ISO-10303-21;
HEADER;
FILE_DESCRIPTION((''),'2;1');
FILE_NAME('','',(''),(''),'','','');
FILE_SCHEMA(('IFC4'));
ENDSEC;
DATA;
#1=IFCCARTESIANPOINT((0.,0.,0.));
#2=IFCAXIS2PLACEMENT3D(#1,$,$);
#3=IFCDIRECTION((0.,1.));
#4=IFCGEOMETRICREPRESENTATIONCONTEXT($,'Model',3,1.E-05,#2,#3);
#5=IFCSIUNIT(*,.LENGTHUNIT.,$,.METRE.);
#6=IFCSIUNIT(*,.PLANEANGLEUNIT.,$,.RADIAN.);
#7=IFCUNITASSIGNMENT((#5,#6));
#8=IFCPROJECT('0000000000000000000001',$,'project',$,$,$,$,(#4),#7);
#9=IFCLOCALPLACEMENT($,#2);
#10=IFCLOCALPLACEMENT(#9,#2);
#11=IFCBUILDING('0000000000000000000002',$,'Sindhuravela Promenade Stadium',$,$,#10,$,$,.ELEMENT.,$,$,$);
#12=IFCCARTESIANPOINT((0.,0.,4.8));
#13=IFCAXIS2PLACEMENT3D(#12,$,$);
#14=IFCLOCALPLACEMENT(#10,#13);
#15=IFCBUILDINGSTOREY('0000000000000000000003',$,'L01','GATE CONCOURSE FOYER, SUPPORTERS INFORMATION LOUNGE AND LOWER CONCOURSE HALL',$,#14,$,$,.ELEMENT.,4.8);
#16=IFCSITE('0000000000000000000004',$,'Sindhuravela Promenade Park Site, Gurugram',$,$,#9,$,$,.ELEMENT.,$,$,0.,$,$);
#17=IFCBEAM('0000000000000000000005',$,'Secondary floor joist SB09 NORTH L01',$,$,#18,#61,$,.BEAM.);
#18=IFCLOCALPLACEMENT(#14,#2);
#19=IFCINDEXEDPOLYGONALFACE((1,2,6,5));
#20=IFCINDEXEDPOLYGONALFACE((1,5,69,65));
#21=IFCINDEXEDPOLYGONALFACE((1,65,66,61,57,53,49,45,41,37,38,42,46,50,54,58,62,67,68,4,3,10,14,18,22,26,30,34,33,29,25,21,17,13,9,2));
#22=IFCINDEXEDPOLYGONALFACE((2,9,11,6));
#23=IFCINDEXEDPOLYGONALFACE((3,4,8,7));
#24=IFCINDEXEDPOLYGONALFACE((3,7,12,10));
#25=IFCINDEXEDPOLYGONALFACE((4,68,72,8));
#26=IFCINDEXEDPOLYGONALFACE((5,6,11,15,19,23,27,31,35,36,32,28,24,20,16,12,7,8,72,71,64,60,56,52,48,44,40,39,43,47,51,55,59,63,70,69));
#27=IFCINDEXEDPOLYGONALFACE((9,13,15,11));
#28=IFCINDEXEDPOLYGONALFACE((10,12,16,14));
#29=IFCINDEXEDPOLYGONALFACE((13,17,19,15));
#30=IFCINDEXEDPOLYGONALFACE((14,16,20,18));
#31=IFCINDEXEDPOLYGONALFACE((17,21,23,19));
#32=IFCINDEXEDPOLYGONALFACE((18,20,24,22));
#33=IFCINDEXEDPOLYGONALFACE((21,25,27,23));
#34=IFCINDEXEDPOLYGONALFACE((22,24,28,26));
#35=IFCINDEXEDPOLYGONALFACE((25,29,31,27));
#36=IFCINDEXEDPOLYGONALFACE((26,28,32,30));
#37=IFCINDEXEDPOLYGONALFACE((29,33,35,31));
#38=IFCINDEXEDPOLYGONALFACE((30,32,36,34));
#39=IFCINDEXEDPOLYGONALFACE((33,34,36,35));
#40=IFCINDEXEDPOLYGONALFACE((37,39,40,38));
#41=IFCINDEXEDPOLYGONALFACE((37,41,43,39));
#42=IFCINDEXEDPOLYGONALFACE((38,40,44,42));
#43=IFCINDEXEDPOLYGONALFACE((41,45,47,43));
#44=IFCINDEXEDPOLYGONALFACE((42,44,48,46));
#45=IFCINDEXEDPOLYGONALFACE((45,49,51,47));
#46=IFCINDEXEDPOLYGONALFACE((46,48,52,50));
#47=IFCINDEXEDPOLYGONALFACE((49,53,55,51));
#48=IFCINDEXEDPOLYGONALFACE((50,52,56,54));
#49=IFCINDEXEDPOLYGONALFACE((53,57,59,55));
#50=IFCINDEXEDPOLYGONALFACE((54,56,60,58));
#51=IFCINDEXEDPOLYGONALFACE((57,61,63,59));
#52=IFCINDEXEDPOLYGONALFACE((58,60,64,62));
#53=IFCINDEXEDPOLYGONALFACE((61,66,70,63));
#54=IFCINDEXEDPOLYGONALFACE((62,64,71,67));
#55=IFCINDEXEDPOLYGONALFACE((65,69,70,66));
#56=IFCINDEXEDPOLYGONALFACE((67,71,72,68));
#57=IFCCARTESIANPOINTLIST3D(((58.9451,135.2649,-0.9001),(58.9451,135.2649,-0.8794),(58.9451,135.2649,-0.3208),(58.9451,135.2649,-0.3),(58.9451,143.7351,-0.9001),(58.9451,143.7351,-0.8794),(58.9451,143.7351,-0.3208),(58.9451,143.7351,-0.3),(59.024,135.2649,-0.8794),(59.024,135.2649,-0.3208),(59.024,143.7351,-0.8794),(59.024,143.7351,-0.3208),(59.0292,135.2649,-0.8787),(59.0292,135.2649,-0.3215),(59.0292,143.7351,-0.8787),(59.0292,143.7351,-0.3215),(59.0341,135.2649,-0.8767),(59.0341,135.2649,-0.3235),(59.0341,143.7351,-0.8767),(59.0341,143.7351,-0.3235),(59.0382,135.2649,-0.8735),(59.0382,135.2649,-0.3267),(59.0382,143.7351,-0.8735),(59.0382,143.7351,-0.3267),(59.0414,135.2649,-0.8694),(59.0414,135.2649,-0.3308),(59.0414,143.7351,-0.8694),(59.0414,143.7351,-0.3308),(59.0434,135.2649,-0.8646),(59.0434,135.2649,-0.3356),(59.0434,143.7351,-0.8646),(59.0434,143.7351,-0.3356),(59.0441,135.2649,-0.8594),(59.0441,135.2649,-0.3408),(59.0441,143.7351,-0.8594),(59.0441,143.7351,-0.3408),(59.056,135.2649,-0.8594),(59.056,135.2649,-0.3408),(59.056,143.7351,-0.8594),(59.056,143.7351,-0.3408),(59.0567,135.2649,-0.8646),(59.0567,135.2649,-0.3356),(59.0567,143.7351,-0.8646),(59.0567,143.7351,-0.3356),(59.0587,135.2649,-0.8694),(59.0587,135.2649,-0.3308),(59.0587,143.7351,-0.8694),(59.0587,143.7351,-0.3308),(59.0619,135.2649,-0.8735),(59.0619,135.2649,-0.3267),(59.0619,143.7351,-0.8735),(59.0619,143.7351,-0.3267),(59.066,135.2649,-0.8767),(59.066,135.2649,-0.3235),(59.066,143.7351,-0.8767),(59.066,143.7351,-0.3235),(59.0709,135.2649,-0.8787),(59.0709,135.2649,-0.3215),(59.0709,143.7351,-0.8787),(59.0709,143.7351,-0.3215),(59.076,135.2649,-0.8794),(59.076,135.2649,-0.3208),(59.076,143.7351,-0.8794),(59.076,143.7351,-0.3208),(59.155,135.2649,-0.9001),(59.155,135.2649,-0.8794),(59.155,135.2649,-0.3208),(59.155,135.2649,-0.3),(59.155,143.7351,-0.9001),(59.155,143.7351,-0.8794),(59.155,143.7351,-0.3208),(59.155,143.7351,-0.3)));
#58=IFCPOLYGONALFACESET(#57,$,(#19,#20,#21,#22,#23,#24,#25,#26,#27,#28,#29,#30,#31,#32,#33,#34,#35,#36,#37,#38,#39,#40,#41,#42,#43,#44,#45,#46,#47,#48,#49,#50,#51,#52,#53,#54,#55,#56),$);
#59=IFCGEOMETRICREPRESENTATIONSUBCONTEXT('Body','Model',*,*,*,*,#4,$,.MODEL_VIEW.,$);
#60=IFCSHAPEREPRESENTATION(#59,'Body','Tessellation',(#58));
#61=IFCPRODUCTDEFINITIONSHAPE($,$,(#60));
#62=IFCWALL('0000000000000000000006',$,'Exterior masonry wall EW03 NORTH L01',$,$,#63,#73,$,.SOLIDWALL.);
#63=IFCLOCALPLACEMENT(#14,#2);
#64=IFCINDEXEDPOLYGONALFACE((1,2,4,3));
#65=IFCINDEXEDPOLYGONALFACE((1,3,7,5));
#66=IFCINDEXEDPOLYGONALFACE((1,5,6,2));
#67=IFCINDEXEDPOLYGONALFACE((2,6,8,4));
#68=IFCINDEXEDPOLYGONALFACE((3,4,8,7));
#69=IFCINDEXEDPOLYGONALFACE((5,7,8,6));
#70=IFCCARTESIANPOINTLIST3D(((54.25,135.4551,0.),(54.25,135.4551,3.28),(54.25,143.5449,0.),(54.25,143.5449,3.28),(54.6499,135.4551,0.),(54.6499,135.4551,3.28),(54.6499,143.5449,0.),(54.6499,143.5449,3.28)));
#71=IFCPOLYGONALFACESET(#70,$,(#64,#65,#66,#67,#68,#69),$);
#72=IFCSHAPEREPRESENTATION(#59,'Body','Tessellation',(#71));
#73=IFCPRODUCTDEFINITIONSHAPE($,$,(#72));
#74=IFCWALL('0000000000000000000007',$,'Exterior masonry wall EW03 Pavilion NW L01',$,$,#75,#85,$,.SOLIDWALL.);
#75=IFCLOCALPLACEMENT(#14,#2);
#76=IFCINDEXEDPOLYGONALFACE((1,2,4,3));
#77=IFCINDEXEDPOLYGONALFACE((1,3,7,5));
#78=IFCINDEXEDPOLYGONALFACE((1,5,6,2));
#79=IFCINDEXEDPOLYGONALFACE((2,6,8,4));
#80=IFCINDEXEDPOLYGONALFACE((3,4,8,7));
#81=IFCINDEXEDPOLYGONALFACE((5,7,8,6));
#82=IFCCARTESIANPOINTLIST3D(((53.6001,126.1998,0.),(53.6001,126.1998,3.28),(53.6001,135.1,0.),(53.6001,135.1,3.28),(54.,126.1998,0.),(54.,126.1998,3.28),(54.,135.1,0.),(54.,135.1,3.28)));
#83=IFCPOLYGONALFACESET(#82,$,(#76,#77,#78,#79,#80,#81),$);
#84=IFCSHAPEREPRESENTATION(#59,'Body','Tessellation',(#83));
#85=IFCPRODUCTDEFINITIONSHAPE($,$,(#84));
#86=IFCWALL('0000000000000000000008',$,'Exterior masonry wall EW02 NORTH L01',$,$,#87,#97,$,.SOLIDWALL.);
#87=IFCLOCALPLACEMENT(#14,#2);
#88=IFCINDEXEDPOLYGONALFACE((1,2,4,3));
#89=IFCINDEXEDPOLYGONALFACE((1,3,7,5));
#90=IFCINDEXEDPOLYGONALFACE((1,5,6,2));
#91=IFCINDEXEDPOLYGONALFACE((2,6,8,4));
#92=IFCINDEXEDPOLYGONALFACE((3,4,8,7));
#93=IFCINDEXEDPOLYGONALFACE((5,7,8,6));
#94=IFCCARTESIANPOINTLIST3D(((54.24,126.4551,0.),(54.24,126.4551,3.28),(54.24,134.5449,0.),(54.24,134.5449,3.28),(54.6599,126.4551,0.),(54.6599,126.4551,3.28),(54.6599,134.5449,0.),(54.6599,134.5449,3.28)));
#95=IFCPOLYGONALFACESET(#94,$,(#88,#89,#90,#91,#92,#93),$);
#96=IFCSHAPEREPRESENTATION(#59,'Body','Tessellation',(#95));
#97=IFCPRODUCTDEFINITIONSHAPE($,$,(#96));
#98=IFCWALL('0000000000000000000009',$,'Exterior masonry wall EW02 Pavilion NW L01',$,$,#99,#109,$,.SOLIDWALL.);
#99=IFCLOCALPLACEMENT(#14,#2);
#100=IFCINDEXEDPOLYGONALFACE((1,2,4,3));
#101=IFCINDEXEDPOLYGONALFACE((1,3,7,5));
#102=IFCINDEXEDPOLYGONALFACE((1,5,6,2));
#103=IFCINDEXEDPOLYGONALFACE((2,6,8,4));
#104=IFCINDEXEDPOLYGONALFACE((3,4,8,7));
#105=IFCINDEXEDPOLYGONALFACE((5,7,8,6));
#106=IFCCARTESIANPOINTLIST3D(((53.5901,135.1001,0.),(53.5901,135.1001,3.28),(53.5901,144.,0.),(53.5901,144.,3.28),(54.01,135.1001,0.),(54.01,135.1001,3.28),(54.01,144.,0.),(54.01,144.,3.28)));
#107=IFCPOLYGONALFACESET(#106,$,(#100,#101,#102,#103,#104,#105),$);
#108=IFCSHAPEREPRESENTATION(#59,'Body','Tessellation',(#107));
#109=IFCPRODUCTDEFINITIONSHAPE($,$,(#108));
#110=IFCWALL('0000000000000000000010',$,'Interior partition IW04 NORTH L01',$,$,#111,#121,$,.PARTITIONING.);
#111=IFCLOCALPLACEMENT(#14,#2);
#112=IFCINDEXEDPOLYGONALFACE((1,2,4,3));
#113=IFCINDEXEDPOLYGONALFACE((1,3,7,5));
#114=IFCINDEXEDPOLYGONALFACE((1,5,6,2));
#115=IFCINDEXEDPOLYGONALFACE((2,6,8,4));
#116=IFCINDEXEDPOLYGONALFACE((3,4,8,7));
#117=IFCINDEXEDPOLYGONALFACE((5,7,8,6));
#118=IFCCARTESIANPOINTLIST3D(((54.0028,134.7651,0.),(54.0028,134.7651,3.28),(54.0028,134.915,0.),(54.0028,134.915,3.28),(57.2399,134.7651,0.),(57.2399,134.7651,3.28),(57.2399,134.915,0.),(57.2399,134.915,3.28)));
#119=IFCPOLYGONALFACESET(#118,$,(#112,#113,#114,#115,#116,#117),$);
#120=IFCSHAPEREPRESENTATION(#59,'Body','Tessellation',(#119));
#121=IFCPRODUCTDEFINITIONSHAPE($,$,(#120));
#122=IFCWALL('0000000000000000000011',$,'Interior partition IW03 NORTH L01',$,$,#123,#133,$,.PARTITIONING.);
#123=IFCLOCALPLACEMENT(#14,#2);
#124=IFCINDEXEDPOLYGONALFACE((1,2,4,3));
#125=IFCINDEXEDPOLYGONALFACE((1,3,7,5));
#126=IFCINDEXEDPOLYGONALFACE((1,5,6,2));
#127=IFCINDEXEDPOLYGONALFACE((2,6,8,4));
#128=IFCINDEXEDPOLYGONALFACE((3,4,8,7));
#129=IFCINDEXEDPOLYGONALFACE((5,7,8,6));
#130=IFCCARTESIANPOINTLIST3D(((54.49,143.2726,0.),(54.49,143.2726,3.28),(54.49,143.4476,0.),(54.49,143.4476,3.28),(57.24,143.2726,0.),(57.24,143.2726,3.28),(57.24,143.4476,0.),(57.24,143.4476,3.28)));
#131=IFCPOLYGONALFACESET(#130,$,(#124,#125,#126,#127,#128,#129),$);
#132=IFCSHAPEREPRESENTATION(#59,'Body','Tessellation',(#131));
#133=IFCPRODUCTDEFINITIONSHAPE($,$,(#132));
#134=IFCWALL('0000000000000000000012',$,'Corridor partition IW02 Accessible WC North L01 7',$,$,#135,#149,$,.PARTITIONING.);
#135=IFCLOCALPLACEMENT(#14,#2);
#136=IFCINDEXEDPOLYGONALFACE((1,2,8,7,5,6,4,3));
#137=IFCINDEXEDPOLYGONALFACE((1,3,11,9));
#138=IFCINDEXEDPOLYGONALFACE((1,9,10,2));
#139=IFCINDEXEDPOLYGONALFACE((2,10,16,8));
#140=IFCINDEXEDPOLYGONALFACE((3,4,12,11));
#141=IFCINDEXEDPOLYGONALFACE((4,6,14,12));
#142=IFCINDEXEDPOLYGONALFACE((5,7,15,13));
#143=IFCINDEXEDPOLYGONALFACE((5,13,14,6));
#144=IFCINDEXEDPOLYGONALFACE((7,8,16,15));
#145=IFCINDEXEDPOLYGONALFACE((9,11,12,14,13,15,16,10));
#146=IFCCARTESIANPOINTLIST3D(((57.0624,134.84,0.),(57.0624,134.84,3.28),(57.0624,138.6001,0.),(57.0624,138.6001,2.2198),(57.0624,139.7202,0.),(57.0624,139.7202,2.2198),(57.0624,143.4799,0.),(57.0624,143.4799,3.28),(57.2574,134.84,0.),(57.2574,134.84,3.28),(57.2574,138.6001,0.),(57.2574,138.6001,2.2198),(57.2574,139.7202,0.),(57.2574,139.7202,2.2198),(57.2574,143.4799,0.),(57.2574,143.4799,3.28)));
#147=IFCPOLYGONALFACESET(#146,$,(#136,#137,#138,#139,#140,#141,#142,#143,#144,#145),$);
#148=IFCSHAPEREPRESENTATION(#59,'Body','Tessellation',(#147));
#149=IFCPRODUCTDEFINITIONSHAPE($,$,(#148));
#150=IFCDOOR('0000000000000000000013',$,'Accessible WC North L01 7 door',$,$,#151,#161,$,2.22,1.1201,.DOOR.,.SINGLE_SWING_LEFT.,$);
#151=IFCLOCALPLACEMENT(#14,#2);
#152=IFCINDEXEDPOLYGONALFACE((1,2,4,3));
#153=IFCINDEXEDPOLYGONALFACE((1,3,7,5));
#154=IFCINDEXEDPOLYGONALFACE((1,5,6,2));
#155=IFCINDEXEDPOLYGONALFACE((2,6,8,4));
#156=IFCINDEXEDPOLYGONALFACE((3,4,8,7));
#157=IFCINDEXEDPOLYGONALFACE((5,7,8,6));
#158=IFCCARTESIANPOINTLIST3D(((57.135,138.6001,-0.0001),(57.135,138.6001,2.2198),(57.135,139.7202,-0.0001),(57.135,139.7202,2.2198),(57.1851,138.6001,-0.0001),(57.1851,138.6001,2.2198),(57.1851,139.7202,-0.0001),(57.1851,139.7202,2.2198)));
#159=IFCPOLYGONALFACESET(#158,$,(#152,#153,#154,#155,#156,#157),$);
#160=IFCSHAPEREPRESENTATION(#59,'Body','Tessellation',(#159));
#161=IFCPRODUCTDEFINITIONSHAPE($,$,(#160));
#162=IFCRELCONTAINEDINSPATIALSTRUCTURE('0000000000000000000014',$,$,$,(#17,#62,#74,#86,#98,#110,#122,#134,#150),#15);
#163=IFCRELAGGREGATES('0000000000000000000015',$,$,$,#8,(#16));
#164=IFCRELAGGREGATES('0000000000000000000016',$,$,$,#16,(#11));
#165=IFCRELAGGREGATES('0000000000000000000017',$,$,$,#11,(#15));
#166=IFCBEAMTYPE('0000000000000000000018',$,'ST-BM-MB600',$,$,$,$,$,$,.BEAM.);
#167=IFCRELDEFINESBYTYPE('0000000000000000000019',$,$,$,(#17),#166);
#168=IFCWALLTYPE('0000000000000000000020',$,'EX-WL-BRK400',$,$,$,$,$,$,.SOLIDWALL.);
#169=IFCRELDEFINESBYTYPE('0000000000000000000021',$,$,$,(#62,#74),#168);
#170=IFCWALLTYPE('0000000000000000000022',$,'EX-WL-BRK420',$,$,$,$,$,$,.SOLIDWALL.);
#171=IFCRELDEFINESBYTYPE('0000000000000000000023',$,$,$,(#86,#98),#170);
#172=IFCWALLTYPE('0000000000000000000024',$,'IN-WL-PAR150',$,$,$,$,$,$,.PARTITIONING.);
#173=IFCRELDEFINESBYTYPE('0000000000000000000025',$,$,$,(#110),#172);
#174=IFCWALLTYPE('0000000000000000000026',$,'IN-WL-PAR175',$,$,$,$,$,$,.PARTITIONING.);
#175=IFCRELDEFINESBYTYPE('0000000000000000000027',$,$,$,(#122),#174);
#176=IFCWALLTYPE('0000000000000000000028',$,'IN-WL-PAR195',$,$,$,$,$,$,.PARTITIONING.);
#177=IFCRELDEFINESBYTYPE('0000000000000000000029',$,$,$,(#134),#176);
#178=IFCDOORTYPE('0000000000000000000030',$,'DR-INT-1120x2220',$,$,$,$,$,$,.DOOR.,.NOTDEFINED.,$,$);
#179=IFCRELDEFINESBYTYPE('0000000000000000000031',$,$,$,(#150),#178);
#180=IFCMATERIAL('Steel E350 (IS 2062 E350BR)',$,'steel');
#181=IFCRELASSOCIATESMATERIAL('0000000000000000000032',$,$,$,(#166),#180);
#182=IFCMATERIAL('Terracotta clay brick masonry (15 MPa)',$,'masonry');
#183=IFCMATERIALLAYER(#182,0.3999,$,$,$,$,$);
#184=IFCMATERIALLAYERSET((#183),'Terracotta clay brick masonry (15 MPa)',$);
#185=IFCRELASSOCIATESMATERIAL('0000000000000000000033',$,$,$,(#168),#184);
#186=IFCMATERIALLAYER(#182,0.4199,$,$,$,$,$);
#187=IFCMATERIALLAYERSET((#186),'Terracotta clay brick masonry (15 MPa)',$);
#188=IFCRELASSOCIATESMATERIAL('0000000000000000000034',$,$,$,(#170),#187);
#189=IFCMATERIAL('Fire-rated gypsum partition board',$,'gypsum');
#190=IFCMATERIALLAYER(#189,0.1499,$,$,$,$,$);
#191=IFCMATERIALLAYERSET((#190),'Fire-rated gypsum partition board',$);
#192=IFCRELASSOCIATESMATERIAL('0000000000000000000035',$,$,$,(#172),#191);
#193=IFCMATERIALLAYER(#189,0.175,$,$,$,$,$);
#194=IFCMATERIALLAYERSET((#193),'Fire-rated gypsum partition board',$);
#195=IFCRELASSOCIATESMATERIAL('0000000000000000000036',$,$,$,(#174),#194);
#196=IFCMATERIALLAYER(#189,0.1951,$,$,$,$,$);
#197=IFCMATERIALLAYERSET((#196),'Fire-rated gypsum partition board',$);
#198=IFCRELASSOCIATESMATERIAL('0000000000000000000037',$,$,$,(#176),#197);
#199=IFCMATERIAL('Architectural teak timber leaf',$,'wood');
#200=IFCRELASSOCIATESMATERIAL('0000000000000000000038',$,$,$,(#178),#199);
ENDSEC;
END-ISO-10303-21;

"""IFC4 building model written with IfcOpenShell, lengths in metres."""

from ifc_helpers import new_model, si_unit, direction, frame, frame_2d, origin, origin_2d, place, context, subcontext, project, spatial, rectangle, i_section, extrude, material, layer, layer_set, material_profile, profile_set, type_object, element, fill, save


model = new_model("IFC4")

# Units and contexts
model_context = context("Model", 3, precision=1e-05, world=origin(), true_north=direction((0.0, 1.0)))
body_context = subcontext(model_context, "Body", "Model", "MODEL_VIEW")
ifc_project = project(units=[si_unit("LENGTHUNIT", "METRE"), si_unit("PLANEANGLEUNIT", "RADIAN")], contexts=[model_context])

# Site, building, storey
site_placement = place(None, origin())
site = spatial("IfcSite", under=ifc_project, at=site_placement, Name="Sindhuravela Promenade Park Site, Gurugram", CompositionType="ELEMENT", RefElevation=0.0)
building_placement = place(site_placement, origin())
building = spatial("IfcBuilding", under=site, at=building_placement, Name="Sindhuravela Promenade Stadium", CompositionType="ELEMENT")
storey_placement = place(building_placement, frame((0.0, 0.0, 4.8)))
storey = spatial("IfcBuildingStorey", under=building, at=storey_placement, Name="L01", Description="GATE CONCOURSE FOYER, SUPPORTERS INFORMATION LOUNGE AND LOWER CONCOURSE HALL", CompositionType="ELEMENT", Elevation=4.8)

# Beam
ifc_material_1 = material(Name="Steel E350 (IS 2062 E350BR)", Category="steel")
ifc_material_profile_1 = material_profile(ifc_material_1, i_section(OverallWidth=0.21, OverallDepth=0.6001, WebThickness=0.012, FlangeThickness=0.0208, FilletRadius=0.02, at=origin_2d()), Name="ISMB 600")
ifc_profile_set_1 = profile_set([ifc_material_profile_1], Name="Steel E350 (IS 2062 E350BR)")
beam_type_1 = type_object("IfcBeamType", Name="ST-BM-MB600", PredefinedType="BEAM", material=ifc_profile_set_1)
beam_1_placement = place(storey_placement, frame((59.05, 135.2649, -0.6001), z_axis=(0.0, 1.0, 0.0), x_axis=(-1.0, 0.0, 0.0)))
element("IfcBeam", 1, at=beam_1_placement, inside=storey, type_object=beam_type_1, Name="Secondary floor joist SB09 NORTH L01", PredefinedType="BEAM", context=body_context, shape_type="SweptSolid", body=[
    extrude(i_section(OverallWidth=0.21, OverallDepth=0.6001, WebThickness=0.012, FlangeThickness=0.0208, FilletRadius=0.02, at=origin_2d()), origin(), (0.0, 0.0, 1.0), 8.4702),
])

# Walls
ifc_material_2 = material(Name="Terracotta clay brick masonry (15 MPa)", Category="masonry")
ifc_layer_1 = layer(ifc_material_2, 0.3999)
ifc_layer_set_1 = layer_set([ifc_layer_1], Name="Terracotta clay brick masonry (15 MPa)")
wall_type_1 = type_object("IfcWallType", Name="EX-WL-BRK400", PredefinedType="SOLIDWALL", material=ifc_layer_set_1)
wall_1_placement = place(storey_placement, frame((54.45, 135.4551, 0.0), z_axis=(0.0, 0.0, 1.0), x_axis=(0.0, 1.0, 0.0)))
element("IfcWall", 2, at=wall_1_placement, inside=storey, type_object=wall_type_1, Name="Exterior masonry wall EW03 NORTH L01", PredefinedType="SOLIDWALL", context=body_context, shape_type="SweptSolid", body=[
    extrude(rectangle(XDim=8.0898, YDim=0.3999, at=frame_2d((4.0449, 0.0))), origin(), (0.0, 0.0, 1.0), 3.28),
])
wall_2_placement = place(storey_placement, frame((53.8, 135.1001, 0.0), z_axis=(0.0, 0.0, 1.0), x_axis=(0.0, -1.0, 0.0)))
element("IfcWall", 3, at=wall_2_placement, inside=storey, type_object=wall_type_1, Name="Exterior masonry wall EW03 Pavilion NW L01", PredefinedType="SOLIDWALL", context=body_context, shape_type="SweptSolid", body=[
    extrude(rectangle(XDim=8.9001, YDim=0.3999, at=frame_2d((4.4502, 0.0))), origin(), (0.0, 0.0, 1.0), 3.28),
])
ifc_layer_2 = layer(ifc_material_2, 0.4199)
ifc_layer_set_2 = layer_set([ifc_layer_2], Name="Terracotta clay brick masonry (15 MPa)")
wall_type_2 = type_object("IfcWallType", Name="EX-WL-BRK420", PredefinedType="SOLIDWALL", material=ifc_layer_set_2)
wall_3_placement = place(storey_placement, frame((54.45, 126.4551, 0.0), z_axis=(0.0, 0.0, 1.0), x_axis=(0.0, 1.0, 0.0)))
element("IfcWall", 4, at=wall_3_placement, inside=storey, type_object=wall_type_2, Name="Exterior masonry wall EW02 NORTH L01", PredefinedType="SOLIDWALL", context=body_context, shape_type="SweptSolid", body=[
    extrude(rectangle(XDim=8.0898, YDim=0.4199, at=frame_2d((4.0449, 0.0))), origin(), (0.0, 0.0, 1.0), 3.28),
])
wall_4_placement = place(storey_placement, frame((53.8, 144.0, 0.0), z_axis=(0.0, 0.0, 1.0), x_axis=(0.0, -1.0, 0.0)))
element("IfcWall", 5, at=wall_4_placement, inside=storey, type_object=wall_type_2, Name="Exterior masonry wall EW02 Pavilion NW L01", PredefinedType="SOLIDWALL", context=body_context, shape_type="SweptSolid", body=[
    extrude(rectangle(XDim=8.8999, YDim=0.4199, at=frame_2d((4.45, 0.0))), origin(), (0.0, 0.0, 1.0), 3.28),
])
ifc_material_3 = material(Name="Fire-rated gypsum partition board", Category="gypsum")
ifc_layer_3 = layer(ifc_material_3, 0.1499)
ifc_layer_set_3 = layer_set([ifc_layer_3], Name="Fire-rated gypsum partition board")
wall_type_3 = type_object("IfcWallType", Name="IN-WL-PAR150", PredefinedType="PARTITIONING", material=ifc_layer_set_3)
wall_5_placement = place(storey_placement, frame((57.24, 134.8401, 0.0), z_axis=(0.0, 0.0, 1.0), x_axis=(-1.0, 0.0, 0.0)))
element("IfcWall", 6, at=wall_5_placement, inside=storey, type_object=wall_type_3, Name="Interior partition IW04 NORTH L01", PredefinedType="PARTITIONING", context=body_context, shape_type="SweptSolid", body=[
    extrude(rectangle(XDim=3.2371, YDim=0.1499, at=frame_2d((1.6187, 0.0))), origin(), (0.0, 0.0, 1.0), 3.28),
])
ifc_layer_4 = layer(ifc_material_3, 0.175)
ifc_layer_set_4 = layer_set([ifc_layer_4], Name="Fire-rated gypsum partition board")
wall_type_4 = type_object("IfcWallType", Name="IN-WL-PAR175", PredefinedType="PARTITIONING", material=ifc_layer_set_4)
wall_6_placement = place(storey_placement, frame((54.49, 143.3601, 0.0), z_axis=(0.0, 0.0, 1.0), x_axis=(1.0, 0.0, 0.0)))
element("IfcWall", 7, at=wall_6_placement, inside=storey, type_object=wall_type_4, Name="Interior partition IW03 NORTH L01", PredefinedType="PARTITIONING", context=body_context, shape_type="SweptSolid", body=[
    extrude(rectangle(XDim=2.75, YDim=0.175, at=frame_2d((1.375, 0.0))), origin(), (0.0, 0.0, 1.0), 3.28),
])

# Wall, opening, door
ifc_layer_5 = layer(ifc_material_3, 0.1951)
ifc_layer_set_5 = layer_set([ifc_layer_5], Name="Fire-rated gypsum partition board")
wall_type_5 = type_object("IfcWallType", Name="IN-WL-PAR195", PredefinedType="PARTITIONING", material=ifc_layer_set_5)
wall_7_placement = place(storey_placement, frame((57.1599, 134.8401, 0.0), z_axis=(0.0, 0.0, 1.0), x_axis=(0.0, 1.0, 0.0)))
wall_7 = element("IfcWall", 8, at=wall_7_placement, inside=storey, type_object=wall_type_5, Name="Corridor partition IW02 Accessible WC North L01 7", PredefinedType="PARTITIONING", context=body_context, shape_type="SweptSolid", body=[
    extrude(rectangle(XDim=8.6399, YDim=0.1951, at=frame_2d((4.3198, 0.0))), origin(), (0.0, 0.0, 1.0), 3.28),
])
opening_placement = place(wall_7_placement, frame((3.76, 0.0, 0.0)))
opening = element("IfcOpeningElement", 9, at=opening_placement, cuts=wall_7, PredefinedType="OPENING", context=body_context, shape_type="SweptSolid", body=[
    extrude(rectangle(XDim=1.1201, YDim=2.22, at=frame_2d((0.5601, 1.1099))), frame((0.0, 0.1074, 0.0), z_axis=(0.0, -1.0, 0.0), x_axis=(1.0, 0.0, 0.0)), (0.0, 0.0, 1.0), 0.2151),
])
ifc_material_4 = material(Name="Architectural teak timber leaf", Category="wood")
door_type = type_object("IfcDoorType", Name="DR-INT-1120x2220", OperationType="NOTDEFINED", PredefinedType="DOOR", material=ifc_material_4)
door_placement = place(opening_placement, origin())
door = element("IfcDoor", 10, at=door_placement, inside=storey, type_object=door_type, Name="Accessible WC North L01 7 door", OperationType="SINGLE_SWING_LEFT", OverallHeight=2.22, OverallWidth=1.1201, PredefinedType="DOOR", context=body_context, shape_type="SweptSolid", body=[
    extrude(rectangle(XDim=1.1201, YDim=2.22, at=frame_2d((0.5601, 1.1099))), frame((0.0, 0.0249, 0.0), z_axis=(0.0, -1.0, 0.0), x_axis=(1.0, 0.0, 0.0)), (0.0, 0.0, 1.0), 0.05),
])
fill(opening, door)

save(model, "model.ifc")
